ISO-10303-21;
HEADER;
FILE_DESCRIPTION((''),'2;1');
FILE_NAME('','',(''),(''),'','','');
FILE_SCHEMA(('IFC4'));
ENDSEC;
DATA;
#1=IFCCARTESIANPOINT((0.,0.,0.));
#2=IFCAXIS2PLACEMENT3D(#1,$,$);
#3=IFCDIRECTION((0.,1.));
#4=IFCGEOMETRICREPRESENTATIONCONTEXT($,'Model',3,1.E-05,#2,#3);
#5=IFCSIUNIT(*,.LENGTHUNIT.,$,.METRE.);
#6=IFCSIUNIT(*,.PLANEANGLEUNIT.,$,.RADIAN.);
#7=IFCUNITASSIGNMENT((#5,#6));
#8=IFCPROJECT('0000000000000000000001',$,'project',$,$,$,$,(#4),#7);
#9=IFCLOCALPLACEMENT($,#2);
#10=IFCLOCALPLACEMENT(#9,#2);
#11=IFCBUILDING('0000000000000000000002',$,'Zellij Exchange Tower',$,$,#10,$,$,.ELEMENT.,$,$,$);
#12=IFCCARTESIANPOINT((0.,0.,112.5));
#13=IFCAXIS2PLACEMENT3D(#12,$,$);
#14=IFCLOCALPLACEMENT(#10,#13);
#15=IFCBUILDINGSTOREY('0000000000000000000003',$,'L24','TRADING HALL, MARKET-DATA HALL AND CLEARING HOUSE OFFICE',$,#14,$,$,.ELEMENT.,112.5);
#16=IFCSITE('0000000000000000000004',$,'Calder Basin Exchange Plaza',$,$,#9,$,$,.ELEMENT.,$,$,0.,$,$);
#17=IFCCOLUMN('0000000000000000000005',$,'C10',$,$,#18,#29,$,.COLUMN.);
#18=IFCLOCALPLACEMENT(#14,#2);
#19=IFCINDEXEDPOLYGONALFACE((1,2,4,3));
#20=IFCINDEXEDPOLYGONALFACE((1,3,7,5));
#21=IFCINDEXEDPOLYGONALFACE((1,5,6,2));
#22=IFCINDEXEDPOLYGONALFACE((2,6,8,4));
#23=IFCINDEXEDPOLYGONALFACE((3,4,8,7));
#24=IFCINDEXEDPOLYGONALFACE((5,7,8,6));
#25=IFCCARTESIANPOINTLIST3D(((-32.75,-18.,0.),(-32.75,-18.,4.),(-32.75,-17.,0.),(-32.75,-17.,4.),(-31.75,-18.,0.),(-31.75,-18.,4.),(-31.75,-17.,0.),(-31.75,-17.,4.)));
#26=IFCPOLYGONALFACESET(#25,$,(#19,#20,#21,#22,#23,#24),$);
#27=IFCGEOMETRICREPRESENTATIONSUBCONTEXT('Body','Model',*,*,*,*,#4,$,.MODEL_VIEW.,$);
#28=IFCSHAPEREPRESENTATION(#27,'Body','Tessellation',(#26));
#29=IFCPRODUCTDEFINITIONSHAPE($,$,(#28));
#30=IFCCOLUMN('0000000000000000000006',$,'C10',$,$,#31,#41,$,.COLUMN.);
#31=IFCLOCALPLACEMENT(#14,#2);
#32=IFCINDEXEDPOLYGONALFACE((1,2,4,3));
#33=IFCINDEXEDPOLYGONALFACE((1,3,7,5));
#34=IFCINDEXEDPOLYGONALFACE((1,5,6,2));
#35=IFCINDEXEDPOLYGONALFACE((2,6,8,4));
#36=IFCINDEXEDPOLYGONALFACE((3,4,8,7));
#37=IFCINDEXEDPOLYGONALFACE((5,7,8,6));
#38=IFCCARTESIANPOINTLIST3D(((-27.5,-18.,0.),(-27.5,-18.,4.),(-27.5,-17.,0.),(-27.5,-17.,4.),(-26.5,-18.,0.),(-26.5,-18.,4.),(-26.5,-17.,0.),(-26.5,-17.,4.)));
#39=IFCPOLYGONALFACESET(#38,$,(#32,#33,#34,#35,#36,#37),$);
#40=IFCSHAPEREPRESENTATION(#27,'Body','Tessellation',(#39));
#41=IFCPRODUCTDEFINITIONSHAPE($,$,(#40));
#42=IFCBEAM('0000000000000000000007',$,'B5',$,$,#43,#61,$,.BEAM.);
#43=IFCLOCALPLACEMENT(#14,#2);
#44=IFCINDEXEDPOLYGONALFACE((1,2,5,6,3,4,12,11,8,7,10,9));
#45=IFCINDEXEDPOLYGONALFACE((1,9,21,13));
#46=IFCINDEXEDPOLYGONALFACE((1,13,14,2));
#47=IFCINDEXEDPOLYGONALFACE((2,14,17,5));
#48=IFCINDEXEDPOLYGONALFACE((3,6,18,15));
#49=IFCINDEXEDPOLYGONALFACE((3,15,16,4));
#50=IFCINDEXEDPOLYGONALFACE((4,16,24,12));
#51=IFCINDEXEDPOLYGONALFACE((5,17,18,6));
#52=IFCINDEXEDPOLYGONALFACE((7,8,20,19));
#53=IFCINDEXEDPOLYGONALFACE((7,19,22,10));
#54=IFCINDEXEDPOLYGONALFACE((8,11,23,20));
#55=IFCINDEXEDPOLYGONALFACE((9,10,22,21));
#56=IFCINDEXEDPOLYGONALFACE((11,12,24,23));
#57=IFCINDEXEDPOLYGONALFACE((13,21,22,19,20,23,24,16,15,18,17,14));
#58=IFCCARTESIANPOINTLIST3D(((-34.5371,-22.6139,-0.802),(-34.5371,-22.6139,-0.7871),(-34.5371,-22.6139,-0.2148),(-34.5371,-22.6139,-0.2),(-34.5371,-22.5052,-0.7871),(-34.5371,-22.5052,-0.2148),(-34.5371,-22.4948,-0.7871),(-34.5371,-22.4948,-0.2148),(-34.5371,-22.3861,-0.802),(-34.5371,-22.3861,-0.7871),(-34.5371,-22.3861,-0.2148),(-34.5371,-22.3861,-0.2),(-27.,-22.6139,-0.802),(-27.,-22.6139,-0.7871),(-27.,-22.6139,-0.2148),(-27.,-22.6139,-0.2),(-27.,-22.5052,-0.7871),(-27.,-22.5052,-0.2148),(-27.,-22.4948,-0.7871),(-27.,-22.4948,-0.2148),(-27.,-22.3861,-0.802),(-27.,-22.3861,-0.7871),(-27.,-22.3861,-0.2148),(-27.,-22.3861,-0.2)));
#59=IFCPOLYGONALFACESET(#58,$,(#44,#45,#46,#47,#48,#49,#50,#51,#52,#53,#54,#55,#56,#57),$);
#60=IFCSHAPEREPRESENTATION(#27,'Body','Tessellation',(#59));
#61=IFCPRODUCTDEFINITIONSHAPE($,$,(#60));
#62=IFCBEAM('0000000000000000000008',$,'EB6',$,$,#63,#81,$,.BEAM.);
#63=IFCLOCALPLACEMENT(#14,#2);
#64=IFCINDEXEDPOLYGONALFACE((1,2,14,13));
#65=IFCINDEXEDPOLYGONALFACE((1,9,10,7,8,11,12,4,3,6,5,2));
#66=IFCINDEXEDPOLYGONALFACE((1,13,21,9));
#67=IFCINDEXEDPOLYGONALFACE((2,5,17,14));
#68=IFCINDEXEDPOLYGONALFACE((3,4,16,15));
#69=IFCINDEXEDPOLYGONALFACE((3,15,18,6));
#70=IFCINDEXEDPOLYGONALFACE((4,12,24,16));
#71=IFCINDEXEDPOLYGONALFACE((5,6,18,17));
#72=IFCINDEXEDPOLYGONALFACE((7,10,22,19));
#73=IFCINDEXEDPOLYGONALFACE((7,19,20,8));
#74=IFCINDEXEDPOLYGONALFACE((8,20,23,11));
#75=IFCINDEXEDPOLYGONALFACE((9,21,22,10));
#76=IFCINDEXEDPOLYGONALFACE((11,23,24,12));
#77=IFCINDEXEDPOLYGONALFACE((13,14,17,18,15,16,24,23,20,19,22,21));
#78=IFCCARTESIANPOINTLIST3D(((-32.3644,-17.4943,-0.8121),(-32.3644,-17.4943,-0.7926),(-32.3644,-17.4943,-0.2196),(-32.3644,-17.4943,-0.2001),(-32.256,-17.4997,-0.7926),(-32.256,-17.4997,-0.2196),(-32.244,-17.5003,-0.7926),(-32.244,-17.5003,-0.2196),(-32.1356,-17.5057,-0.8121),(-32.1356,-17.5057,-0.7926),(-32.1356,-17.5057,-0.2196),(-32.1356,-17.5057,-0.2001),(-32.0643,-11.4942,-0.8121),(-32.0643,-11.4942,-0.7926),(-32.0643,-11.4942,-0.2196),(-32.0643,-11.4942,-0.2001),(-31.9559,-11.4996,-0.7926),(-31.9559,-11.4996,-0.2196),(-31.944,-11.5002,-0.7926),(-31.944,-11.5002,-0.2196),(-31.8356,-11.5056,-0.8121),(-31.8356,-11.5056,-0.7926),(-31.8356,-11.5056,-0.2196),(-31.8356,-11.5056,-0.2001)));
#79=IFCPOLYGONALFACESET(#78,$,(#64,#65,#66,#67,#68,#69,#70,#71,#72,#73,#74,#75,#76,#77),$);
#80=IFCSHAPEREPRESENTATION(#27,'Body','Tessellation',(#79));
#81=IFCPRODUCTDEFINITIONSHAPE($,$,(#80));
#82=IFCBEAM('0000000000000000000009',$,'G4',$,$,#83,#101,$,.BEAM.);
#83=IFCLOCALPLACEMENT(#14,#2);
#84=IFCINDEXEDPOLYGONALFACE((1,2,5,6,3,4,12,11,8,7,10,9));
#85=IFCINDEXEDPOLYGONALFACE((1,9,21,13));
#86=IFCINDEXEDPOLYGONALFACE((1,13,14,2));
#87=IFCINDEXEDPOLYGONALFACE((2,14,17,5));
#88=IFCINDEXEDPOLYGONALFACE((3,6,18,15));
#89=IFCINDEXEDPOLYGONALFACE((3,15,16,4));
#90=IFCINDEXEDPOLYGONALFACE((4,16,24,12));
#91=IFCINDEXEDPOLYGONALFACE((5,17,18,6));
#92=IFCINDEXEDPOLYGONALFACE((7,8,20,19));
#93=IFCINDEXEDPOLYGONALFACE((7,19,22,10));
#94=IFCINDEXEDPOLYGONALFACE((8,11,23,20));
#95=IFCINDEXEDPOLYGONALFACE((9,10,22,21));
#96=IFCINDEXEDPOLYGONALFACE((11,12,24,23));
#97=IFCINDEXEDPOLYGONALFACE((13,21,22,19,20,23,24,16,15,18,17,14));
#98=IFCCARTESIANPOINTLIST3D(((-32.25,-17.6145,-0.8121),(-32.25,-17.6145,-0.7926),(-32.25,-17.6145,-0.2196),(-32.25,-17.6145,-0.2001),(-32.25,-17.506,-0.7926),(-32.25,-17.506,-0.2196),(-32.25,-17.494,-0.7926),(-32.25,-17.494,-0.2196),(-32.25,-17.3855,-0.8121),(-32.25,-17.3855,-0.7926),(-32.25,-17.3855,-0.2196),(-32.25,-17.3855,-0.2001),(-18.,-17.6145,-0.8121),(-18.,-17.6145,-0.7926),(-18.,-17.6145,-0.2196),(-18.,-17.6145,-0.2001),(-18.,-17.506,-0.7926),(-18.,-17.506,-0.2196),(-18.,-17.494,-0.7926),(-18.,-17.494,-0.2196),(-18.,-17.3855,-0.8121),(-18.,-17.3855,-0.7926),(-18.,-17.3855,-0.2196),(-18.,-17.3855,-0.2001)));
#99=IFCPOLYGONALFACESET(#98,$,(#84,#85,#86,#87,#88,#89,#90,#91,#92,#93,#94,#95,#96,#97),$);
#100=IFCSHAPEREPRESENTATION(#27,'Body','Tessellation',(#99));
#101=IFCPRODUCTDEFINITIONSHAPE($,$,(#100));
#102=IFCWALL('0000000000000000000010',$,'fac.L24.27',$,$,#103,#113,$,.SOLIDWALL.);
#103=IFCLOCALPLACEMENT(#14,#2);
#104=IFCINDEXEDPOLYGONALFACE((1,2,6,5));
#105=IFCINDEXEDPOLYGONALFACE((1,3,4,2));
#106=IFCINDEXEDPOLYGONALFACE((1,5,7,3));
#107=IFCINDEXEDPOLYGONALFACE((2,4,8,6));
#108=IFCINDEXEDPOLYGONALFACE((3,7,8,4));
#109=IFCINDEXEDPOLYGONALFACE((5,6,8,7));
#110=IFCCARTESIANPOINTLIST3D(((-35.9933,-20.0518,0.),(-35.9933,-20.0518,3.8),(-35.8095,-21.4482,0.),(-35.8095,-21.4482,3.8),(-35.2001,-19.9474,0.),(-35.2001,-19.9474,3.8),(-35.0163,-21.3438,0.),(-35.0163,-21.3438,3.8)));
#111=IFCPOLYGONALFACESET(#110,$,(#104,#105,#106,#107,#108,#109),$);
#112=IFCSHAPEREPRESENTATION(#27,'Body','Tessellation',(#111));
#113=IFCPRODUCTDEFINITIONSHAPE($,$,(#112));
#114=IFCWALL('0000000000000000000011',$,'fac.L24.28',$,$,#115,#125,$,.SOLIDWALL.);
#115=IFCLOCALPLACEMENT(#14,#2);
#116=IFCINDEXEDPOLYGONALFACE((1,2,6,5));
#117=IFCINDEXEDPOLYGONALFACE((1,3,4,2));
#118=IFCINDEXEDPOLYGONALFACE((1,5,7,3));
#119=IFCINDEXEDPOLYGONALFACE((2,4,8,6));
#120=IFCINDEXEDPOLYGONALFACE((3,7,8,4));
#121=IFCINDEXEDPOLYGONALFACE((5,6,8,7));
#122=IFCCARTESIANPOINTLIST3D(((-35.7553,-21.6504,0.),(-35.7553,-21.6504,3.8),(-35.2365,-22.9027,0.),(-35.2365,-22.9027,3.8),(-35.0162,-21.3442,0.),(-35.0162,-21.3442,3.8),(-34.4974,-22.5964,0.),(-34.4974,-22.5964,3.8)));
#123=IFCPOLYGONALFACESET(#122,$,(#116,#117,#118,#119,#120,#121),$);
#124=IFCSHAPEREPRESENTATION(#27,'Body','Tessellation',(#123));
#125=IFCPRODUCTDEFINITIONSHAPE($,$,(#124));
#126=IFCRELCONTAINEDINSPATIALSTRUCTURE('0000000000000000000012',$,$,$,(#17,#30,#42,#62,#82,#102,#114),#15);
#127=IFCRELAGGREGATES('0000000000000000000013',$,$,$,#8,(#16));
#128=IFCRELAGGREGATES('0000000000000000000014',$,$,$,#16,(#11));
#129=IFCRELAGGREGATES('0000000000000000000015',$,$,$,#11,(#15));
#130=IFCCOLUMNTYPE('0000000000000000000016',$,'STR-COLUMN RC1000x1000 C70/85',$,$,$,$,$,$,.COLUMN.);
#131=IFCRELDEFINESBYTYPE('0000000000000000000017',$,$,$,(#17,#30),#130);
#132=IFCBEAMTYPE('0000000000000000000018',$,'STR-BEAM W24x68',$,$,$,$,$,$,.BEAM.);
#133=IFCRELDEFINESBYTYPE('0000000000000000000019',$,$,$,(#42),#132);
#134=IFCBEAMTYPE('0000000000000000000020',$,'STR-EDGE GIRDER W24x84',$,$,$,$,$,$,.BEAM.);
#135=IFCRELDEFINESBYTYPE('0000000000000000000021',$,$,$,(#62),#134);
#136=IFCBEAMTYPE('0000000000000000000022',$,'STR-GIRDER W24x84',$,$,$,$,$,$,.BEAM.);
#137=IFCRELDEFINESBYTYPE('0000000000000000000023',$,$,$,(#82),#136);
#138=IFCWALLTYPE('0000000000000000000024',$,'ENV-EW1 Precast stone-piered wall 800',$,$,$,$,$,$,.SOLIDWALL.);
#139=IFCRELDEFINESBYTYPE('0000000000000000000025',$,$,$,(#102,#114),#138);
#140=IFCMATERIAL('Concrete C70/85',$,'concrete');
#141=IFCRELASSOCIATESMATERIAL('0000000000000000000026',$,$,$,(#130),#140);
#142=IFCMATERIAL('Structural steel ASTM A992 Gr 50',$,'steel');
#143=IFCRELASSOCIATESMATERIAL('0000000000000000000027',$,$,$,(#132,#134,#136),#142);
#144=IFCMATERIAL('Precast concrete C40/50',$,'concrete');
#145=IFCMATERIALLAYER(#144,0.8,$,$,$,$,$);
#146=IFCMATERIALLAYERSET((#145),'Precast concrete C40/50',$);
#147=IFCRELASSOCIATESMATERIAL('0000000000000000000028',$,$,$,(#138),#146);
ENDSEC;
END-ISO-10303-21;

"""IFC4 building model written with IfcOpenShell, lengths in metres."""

from ifc_helpers import new_model, si_unit, direction, frame, frame_2d, origin, origin_2d, place, context, subcontext, project, spatial, rectangle, i_section, extrude, material, layer, layer_set, material_profile, profile_set, type_object, element, save


model = new_model("IFC4")

# Units and contexts
model_context = context("Model", 3, precision=1e-05, world=origin(), true_north=direction((0.0, 1.0)))
body_context = subcontext(model_context, "Body", "Model", "MODEL_VIEW")
ifc_project = project(units=[si_unit("LENGTHUNIT", "METRE"), si_unit("PLANEANGLEUNIT", "RADIAN")], contexts=[model_context])

# Site, building, storey
site_placement = place(None, origin())
site = spatial("IfcSite", under=ifc_project, at=site_placement, Name="Calder Basin Exchange Plaza", CompositionType="ELEMENT", RefElevation=0.0)
building_placement = place(site_placement, origin())
building = spatial("IfcBuilding", under=site, at=building_placement, Name="Zellij Exchange Tower", CompositionType="ELEMENT")
storey_placement = place(building_placement, frame((0.0, 0.0, 112.5)))
storey = spatial("IfcBuildingStorey", under=building, at=storey_placement, Name="L24", Description="TRADING HALL, MARKET-DATA HALL AND CLEARING HOUSE OFFICE", CompositionType="ELEMENT", Elevation=112.5)

# Columns
ifc_material_1 = material(Name="Concrete C70/85", Category="concrete")
ifc_material_profile_1 = material_profile(ifc_material_1, rectangle(XDim=1.0, YDim=1.0, at=origin_2d()), Name="STR-COLUMN RC1000x1000 C70/85")
ifc_profile_set_1 = profile_set([ifc_material_profile_1], Name="Concrete C70/85")
column_type = type_object("IfcColumnType", Name="STR-COLUMN RC1000x1000 C70/85", PredefinedType="COLUMN", material=ifc_profile_set_1)
for number, where, z_axis, x_axis, name in (
    (1, (-32.25, -17.5, 0.0), (0.0, 0.0, 1.0), (1.0, 0.0, 0.0), "C10"),
    (2, (-27.0, -17.5, 0.0), (0.0, 0.0, 1.0), (1.0, 0.0, 0.0), "C10"),
):
    element("IfcColumn", number, at=place(storey_placement, frame(where, z_axis=z_axis, x_axis=x_axis)), inside=storey, type_object=column_type, Name=name, PredefinedType="COLUMN", context=body_context, shape_type="SweptSolid", body=[
        extrude(rectangle(XDim=1.0, YDim=1.0, at=origin_2d()), origin(), (0.0, 0.0, 1.0), 4.0),
    ])

# Beams
ifc_material_2 = material(Name="Structural steel ASTM A992 Gr 50", Category="steel")
ifc_material_profile_2 = material_profile(ifc_material_2, i_section(OverallWidth=0.2278, OverallDepth=0.6021, WebThickness=0.0105, FlangeThickness=0.0149, at=origin_2d()), Name="W24x68")
ifc_profile_set_2 = profile_set([ifc_material_profile_2], Name="Structural steel ASTM A992 Gr 50")
beam_type_1 = type_object("IfcBeamType", Name="STR-BEAM W24x68", PredefinedType="BEAM", material=ifc_profile_set_2)
beam_1_placement = place(storey_placement, frame((-34.5371, -22.5, -0.501), z_axis=(1.0, 0.0, 0.0), x_axis=(0.0, 1.0, 0.0)))
element("IfcBeam", 3, at=beam_1_placement, inside=storey, type_object=beam_type_1, Name="B5", PredefinedType="BEAM", context=body_context, shape_type="SweptSolid", body=[
    extrude(i_section(OverallWidth=0.2278, OverallDepth=0.6021, WebThickness=0.0105, FlangeThickness=0.0149, at=origin_2d()), origin(), (0.0, 0.0, 1.0), 7.5371),
])
ifc_material_profile_3 = material_profile(ifc_material_2, i_section(OverallWidth=0.229, OverallDepth=0.6121, WebThickness=0.012, FlangeThickness=0.0195, at=origin_2d()), Name="W24x84")
ifc_profile_set_3 = profile_set([ifc_material_profile_3], Name="Structural steel ASTM A992 Gr 50")
beam_type_2 = type_object("IfcBeamType", Name="STR-EDGE GIRDER W24x84", PredefinedType="BEAM", material=ifc_profile_set_3)
beam_2_placement = place(storey_placement, frame((-32.25, -17.5, -0.5061), z_axis=(0.049946, 0.998752, 0.0), x_axis=(-0.998752, 0.049946, 0.0)))
element("IfcBeam", 4, at=beam_2_placement, inside=storey, type_object=beam_type_2, Name="EB6", PredefinedType="BEAM", context=body_context, shape_type="SweptSolid", body=[
    extrude(i_section(OverallWidth=0.229, OverallDepth=0.6121, WebThickness=0.012, FlangeThickness=0.0195, at=origin_2d()), origin(), (0.0, 0.0, 1.0), 6.0076),
])
ifc_material_profile_4 = material_profile(ifc_material_2, i_section(OverallWidth=0.229, OverallDepth=0.6121, WebThickness=0.012, FlangeThickness=0.0195, at=origin_2d()), Name="W24x84")
ifc_profile_set_4 = profile_set([ifc_material_profile_4], Name="Structural steel ASTM A992 Gr 50")
beam_type_3 = type_object("IfcBeamType", Name="STR-GIRDER W24x84", PredefinedType="BEAM", material=ifc_profile_set_4)
beam_3_placement = place(storey_placement, frame((-32.25, -17.5, -0.5061), z_axis=(1.0, 0.0, 0.0), x_axis=(0.0, 1.0, 0.0)))
element("IfcBeam", 5, at=beam_3_placement, inside=storey, type_object=beam_type_3, Name="G4", PredefinedType="BEAM", context=body_context, shape_type="SweptSolid", body=[
    extrude(i_section(OverallWidth=0.229, OverallDepth=0.6121, WebThickness=0.012, FlangeThickness=0.0195, at=origin_2d()), origin(), (0.0, 0.0, 1.0), 14.25),
])

# Walls
ifc_material_3 = material(Name="Precast concrete C40/50", Category="concrete")
ifc_layer_1 = layer(ifc_material_3, 0.8)
ifc_layer_set_1 = layer_set([ifc_layer_1], Name="Precast concrete C40/50")
wall_type_1 = type_object("IfcWallType", Name="ENV-EW1 Precast stone-piered wall 800", PredefinedType="SOLIDWALL", material=ifc_layer_set_1)
wall_1_placement = place(storey_placement, frame((-35.5967, -19.9998, 0.0), z_axis=(0.0, 0.0, 1.0), x_axis=(0.130517, -0.991446, 0.0)))
element("IfcWall", 6, at=wall_1_placement, inside=storey, type_object=wall_type_1, Name="fac.L24.27", PredefinedType="SOLIDWALL", context=body_context, shape_type="SweptSolid", body=[
    extrude(rectangle(XDim=1.4084, YDim=0.8, at=frame_2d((0.7041, 0.0))), origin(), (0.0, 0.0, 1.0), 3.8),
])
wall_2_placement = place(storey_placement, frame((-35.3857, -21.4973, 0.0), z_axis=(0.0, 0.0, 1.0), x_axis=(0.38276, -0.923848, 0.0)))
element("IfcWall", 7, at=wall_2_placement, inside=storey, type_object=wall_type_1, Name="fac.L24.28", PredefinedType="SOLIDWALL", context=body_context, shape_type="SweptSolid", body=[
    extrude(rectangle(XDim=1.3555, YDim=0.8, at=frame_2d((0.6777, 0.0))), origin(), (0.0, 0.0, 1.0), 3.8),
])

save(model, "model.ifc")
